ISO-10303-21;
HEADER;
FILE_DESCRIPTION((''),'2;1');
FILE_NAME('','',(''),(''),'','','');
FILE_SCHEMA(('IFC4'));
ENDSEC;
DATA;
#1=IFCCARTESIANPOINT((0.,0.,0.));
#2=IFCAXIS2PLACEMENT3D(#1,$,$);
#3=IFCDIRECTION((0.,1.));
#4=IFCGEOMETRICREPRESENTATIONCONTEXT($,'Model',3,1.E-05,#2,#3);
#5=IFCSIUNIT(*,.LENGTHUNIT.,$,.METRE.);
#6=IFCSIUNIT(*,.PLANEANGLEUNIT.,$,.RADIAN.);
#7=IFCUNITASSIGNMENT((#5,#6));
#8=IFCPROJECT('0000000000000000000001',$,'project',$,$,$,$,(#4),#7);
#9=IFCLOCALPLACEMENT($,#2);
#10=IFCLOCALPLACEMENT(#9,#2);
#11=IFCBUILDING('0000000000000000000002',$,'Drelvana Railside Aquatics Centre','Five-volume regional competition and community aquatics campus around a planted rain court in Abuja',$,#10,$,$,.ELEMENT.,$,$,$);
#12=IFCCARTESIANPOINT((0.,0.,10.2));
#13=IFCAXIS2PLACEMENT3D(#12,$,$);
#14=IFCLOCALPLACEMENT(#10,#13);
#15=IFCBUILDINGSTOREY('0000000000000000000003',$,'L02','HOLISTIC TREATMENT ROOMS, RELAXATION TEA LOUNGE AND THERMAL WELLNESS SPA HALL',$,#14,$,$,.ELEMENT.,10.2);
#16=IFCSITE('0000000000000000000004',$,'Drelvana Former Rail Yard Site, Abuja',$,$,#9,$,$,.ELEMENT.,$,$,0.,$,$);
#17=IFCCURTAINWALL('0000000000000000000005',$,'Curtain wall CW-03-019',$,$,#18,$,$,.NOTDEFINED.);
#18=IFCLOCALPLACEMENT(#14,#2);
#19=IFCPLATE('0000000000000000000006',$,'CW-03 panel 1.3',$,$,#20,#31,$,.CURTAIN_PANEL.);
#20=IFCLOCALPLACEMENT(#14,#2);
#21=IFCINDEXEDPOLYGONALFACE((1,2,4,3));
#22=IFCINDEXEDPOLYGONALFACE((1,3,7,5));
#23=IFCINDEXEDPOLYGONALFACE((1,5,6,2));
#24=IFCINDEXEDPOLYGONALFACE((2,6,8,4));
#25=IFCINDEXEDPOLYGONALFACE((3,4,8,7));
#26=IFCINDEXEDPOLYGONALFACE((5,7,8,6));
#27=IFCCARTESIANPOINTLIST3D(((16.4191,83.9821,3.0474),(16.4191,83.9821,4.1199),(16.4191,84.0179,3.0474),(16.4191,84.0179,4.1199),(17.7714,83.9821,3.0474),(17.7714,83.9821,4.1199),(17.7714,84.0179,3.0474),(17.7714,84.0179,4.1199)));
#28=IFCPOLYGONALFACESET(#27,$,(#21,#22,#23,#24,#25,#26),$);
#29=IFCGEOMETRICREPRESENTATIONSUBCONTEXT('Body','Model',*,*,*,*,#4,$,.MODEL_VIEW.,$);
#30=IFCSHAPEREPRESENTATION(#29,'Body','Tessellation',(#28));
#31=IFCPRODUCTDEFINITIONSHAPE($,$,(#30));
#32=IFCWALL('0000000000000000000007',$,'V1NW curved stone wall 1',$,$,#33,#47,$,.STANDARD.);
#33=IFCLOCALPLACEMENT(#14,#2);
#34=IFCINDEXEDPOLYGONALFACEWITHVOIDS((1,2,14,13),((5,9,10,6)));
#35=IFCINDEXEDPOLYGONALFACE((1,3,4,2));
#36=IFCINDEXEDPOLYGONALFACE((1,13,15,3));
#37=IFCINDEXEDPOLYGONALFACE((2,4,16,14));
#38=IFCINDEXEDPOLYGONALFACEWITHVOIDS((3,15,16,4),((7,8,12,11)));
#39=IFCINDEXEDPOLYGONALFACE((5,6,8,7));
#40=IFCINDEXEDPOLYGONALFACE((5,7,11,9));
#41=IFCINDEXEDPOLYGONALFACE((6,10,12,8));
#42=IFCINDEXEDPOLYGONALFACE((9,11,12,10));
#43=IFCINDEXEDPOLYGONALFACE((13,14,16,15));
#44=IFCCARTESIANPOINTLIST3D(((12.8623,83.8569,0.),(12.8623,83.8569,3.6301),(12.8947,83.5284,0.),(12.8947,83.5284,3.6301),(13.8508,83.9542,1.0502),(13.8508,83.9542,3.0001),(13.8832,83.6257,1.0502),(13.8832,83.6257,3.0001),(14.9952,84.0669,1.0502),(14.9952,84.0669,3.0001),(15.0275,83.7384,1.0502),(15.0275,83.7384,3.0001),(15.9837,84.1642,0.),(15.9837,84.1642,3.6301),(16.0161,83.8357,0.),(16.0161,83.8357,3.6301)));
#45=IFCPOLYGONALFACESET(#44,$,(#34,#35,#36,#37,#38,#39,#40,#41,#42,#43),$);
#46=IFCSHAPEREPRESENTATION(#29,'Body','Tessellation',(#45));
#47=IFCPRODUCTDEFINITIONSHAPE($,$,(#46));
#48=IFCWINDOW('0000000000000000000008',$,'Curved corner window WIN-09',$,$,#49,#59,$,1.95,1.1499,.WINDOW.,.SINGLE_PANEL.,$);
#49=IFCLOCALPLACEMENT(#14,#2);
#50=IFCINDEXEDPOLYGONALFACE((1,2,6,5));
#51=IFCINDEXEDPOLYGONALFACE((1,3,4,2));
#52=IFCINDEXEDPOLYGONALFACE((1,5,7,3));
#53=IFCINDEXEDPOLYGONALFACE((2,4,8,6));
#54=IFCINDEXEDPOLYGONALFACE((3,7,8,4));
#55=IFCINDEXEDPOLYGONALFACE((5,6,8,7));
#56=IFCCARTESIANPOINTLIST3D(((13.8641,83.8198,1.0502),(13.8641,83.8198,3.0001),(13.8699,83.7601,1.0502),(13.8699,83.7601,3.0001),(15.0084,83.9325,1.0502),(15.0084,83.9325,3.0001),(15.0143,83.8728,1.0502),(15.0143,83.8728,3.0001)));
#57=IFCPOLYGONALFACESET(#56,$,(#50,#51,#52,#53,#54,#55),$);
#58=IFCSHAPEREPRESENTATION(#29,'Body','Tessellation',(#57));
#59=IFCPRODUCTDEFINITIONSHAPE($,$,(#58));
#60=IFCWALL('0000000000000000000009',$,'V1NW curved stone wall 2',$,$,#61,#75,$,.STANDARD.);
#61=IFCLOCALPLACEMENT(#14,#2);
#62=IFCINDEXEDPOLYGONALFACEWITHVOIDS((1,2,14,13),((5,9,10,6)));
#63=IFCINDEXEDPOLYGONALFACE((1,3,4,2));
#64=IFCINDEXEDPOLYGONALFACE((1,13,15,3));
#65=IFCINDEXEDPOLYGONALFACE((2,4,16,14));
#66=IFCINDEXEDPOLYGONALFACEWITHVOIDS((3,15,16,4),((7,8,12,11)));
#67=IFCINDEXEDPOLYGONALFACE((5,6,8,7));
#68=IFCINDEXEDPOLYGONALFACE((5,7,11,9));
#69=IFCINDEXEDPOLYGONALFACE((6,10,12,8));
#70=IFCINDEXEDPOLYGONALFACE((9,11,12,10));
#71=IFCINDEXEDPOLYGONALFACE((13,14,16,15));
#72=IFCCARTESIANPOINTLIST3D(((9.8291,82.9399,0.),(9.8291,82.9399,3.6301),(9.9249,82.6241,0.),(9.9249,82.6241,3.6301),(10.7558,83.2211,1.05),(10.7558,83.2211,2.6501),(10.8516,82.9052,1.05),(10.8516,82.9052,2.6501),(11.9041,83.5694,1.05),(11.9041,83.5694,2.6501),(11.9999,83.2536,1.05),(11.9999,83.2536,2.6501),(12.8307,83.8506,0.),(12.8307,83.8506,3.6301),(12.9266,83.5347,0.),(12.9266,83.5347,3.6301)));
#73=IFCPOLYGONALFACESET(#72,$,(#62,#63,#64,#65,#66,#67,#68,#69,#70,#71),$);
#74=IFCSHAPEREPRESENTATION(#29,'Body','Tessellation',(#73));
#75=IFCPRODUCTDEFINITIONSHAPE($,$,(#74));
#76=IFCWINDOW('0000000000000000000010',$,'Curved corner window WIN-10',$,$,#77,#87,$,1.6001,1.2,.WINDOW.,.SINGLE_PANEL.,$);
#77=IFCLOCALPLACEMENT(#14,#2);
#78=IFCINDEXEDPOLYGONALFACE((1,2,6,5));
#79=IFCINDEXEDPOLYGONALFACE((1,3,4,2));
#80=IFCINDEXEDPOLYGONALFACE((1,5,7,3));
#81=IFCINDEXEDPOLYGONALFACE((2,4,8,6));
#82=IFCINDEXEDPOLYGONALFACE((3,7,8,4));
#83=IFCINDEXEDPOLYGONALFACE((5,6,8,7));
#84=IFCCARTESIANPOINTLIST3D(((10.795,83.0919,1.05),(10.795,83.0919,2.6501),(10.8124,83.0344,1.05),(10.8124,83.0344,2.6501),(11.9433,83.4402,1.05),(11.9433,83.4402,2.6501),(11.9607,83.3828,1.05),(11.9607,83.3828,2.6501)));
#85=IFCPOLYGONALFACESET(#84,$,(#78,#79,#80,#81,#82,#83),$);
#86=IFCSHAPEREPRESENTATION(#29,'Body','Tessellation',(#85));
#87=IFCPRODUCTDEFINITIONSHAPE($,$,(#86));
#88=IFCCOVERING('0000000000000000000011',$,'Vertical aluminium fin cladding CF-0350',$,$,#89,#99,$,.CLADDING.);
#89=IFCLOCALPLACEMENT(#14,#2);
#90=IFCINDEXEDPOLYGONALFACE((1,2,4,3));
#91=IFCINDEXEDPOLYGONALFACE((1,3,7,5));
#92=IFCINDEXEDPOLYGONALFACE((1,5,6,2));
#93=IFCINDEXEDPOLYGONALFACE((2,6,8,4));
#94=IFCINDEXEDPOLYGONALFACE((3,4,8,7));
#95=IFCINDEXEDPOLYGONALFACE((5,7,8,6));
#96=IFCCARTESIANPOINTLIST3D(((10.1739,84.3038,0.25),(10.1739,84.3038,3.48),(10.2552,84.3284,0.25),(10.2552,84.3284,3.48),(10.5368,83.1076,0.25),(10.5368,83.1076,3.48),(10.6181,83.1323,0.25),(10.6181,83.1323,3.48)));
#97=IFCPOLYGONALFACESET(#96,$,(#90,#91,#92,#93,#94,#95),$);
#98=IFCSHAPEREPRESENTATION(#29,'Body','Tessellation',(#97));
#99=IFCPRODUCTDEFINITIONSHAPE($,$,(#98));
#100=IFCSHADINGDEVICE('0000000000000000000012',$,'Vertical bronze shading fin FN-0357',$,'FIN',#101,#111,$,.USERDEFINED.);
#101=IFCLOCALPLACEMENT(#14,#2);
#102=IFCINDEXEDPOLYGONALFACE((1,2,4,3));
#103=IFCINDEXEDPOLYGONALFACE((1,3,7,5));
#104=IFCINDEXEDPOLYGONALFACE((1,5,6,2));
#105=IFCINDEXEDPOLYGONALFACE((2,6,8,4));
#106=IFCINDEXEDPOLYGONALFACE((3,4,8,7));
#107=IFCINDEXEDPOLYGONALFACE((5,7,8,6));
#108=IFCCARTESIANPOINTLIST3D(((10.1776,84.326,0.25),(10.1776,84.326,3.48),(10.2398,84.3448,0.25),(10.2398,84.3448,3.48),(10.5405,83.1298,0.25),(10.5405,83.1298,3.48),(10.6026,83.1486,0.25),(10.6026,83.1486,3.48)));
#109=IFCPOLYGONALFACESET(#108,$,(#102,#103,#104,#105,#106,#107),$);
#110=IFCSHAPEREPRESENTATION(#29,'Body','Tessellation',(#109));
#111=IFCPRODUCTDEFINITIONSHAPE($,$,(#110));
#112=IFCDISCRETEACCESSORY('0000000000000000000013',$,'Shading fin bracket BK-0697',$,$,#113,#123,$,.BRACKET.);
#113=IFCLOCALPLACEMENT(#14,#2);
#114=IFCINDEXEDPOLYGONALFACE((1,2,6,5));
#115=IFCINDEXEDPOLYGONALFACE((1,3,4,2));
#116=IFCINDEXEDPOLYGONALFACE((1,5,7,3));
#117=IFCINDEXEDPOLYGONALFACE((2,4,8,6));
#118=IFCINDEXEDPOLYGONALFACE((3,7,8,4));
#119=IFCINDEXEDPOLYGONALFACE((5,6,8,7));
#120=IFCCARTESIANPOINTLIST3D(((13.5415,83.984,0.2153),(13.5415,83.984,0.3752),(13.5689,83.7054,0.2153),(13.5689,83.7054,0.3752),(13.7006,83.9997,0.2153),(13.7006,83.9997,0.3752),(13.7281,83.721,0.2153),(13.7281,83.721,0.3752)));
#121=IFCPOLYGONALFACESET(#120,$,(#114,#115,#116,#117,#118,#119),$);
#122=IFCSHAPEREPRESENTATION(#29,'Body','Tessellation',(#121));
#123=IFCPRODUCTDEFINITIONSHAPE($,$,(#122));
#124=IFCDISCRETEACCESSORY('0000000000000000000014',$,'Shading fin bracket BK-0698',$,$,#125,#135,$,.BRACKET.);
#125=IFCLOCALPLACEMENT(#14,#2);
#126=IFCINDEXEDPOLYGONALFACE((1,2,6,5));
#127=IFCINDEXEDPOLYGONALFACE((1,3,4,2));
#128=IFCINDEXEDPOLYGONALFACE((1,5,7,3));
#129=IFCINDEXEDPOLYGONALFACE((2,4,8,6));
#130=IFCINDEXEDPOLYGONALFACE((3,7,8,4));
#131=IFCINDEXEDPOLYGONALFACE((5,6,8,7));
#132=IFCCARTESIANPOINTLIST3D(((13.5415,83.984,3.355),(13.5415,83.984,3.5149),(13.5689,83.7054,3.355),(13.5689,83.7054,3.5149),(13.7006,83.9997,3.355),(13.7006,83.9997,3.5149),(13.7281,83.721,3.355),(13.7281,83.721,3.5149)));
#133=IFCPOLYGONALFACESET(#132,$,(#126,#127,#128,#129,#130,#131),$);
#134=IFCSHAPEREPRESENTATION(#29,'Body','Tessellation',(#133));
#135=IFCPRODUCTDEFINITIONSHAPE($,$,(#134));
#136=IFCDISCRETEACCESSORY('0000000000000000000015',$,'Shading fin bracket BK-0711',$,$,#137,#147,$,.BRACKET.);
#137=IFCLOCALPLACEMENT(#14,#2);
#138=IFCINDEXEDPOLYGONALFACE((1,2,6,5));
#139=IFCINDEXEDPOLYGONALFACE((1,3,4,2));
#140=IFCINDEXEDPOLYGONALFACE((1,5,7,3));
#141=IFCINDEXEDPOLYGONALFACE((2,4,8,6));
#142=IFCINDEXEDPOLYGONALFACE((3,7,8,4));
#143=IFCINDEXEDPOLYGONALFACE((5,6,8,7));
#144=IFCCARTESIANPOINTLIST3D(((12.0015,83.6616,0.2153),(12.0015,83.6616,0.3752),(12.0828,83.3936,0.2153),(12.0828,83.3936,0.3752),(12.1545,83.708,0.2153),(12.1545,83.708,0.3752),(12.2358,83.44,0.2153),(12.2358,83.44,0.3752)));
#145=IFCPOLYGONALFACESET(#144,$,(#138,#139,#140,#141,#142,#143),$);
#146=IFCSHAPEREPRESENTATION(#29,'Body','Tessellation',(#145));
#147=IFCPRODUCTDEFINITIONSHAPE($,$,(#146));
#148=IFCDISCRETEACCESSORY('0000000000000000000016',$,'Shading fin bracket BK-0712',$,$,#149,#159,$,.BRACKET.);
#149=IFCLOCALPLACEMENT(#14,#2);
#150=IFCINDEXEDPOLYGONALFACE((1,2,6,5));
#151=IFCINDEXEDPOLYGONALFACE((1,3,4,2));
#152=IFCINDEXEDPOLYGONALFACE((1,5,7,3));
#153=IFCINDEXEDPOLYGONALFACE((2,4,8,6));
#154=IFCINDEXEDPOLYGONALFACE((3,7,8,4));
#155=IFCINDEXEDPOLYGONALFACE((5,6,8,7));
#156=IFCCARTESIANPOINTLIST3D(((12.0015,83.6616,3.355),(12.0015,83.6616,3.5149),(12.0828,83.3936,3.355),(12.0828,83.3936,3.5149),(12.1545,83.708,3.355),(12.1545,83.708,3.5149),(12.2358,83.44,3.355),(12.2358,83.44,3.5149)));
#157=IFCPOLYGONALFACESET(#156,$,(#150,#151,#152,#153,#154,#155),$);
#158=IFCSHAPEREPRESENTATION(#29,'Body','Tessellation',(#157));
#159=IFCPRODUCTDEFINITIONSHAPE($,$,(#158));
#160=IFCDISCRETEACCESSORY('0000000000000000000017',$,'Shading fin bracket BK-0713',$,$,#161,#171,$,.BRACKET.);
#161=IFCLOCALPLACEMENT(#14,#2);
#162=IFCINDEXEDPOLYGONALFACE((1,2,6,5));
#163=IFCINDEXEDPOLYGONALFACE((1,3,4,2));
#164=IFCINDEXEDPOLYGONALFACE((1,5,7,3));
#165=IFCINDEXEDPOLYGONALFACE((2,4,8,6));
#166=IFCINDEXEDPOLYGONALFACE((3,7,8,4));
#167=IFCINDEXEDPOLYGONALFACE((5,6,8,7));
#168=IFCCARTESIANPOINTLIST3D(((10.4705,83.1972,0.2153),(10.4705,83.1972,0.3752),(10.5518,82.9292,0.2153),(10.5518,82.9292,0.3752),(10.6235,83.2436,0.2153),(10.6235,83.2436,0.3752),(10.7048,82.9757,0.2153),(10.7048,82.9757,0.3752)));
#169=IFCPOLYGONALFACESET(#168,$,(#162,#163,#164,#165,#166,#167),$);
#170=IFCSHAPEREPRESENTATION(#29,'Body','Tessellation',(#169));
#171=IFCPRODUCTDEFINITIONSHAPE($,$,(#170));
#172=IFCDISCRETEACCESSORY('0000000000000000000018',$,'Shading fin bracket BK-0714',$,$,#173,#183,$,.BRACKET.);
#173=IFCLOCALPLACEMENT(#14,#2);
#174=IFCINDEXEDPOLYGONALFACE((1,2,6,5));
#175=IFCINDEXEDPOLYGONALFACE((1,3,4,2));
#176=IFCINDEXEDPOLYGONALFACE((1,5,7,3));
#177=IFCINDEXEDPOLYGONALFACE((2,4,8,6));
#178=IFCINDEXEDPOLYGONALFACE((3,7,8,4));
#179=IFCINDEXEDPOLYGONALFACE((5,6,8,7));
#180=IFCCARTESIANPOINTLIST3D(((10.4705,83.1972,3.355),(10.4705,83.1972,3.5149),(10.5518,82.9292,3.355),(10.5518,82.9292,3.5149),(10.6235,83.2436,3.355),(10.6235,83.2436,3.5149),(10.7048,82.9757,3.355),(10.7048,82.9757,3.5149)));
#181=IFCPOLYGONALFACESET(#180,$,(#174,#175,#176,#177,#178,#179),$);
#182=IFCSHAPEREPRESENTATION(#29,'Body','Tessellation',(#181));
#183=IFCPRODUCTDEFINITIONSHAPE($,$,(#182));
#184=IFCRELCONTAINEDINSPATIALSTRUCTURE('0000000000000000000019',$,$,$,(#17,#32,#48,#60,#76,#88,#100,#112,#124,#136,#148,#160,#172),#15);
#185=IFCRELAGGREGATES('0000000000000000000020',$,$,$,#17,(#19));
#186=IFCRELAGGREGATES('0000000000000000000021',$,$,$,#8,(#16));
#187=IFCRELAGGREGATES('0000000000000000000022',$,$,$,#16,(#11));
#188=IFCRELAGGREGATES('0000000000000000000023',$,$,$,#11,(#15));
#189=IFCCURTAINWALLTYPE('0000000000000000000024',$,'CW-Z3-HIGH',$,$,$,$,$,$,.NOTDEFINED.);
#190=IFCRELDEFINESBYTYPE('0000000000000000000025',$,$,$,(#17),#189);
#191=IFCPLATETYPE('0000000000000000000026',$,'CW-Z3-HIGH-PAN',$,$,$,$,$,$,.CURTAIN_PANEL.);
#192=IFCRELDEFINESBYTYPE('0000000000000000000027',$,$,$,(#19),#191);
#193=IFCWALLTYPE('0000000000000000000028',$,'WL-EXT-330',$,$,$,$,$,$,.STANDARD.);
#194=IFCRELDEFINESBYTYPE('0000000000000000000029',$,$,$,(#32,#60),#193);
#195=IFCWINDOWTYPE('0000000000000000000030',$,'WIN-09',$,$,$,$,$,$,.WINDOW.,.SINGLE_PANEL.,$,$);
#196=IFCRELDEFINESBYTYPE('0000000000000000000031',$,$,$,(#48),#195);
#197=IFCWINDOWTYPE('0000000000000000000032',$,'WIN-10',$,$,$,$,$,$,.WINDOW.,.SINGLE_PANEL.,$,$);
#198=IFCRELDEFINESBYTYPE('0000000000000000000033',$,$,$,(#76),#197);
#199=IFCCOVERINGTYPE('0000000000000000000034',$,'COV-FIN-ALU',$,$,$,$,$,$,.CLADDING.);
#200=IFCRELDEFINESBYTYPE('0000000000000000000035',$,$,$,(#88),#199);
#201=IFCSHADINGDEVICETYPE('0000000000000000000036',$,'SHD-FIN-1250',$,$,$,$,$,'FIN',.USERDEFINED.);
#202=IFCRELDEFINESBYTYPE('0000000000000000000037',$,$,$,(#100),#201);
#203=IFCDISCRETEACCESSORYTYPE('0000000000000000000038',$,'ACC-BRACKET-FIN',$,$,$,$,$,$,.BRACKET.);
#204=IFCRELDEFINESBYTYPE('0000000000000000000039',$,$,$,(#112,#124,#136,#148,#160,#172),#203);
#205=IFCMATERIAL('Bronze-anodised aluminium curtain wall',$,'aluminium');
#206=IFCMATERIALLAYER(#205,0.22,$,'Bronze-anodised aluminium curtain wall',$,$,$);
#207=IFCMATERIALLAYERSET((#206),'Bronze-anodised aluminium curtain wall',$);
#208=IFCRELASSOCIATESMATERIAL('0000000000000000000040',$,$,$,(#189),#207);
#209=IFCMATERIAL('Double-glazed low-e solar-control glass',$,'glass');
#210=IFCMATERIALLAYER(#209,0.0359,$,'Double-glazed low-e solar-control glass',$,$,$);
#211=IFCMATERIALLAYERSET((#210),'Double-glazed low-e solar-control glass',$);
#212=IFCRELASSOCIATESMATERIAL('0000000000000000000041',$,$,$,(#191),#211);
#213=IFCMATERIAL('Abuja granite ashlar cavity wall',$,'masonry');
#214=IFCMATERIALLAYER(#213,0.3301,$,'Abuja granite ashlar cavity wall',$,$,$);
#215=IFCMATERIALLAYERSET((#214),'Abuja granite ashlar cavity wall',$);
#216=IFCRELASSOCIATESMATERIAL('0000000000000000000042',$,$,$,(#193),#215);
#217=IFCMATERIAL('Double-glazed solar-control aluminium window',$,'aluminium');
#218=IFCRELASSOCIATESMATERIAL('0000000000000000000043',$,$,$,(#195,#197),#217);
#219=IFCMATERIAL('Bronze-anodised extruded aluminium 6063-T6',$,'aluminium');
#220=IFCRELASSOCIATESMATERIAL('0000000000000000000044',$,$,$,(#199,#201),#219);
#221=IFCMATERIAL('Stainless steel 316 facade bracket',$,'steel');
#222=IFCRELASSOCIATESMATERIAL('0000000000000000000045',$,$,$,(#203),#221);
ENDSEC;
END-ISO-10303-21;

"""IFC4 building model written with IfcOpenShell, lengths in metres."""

from ifc_helpers import new_model, si_unit, direction, frame, frame_2d, origin, origin_2d, place, context, subcontext, project, spatial, rectangle, extrude, material, layer, layer_set, type_object, element, fill, aggregate, save


model = new_model("IFC4")

# Units and contexts
model_context = context("Model", 3, precision=1e-05, world=origin(), true_north=direction((0.0, 1.0)))
body_context = subcontext(model_context, "Body", "Model", "MODEL_VIEW")
ifc_project = project(units=[si_unit("LENGTHUNIT", "METRE"), si_unit("PLANEANGLEUNIT", "RADIAN")], contexts=[model_context])

# Site, building, storey
site_placement = place(None, origin())
site = spatial("IfcSite", under=ifc_project, at=site_placement, Name="Drelvana Former Rail Yard Site, Abuja", CompositionType="ELEMENT", RefElevation=0.0)
building_placement = place(site_placement, origin())
building = spatial("IfcBuilding", under=site, at=building_placement, Name="Drelvana Railside Aquatics Centre", Description="Five-volume regional competition and community aquatics campus around a planted rain court in Abuja", CompositionType="ELEMENT")
storey_placement = place(building_placement, frame((0.0, 0.0, 10.2)))
storey = spatial("IfcBuildingStorey", under=building, at=storey_placement, Name="L02", Description="HOLISTIC TREATMENT ROOMS, RELAXATION TEA LOUNGE AND THERMAL WELLNESS SPA HALL", CompositionType="ELEMENT", Elevation=10.2)

# Curtain wall
ifc_material_1 = material(Name="Bronze-anodised aluminium curtain wall", Category="aluminium")
ifc_layer_1 = layer(ifc_material_1, 0.22, Name="Bronze-anodised aluminium curtain wall")
ifc_layer_set_1 = layer_set([ifc_layer_1], Name="Bronze-anodised aluminium curtain wall")
curtain_wall_type = type_object("IfcCurtainWallType", Name="CW-Z3-HIGH", PredefinedType="NOTDEFINED", material=ifc_layer_set_1)
curtain_wall_placement = place(storey_placement, origin())
curtain_wall = element("IfcCurtainWall", 1, at=curtain_wall_placement, inside=storey, type_object=curtain_wall_type, Name="Curtain wall CW-03-019", PredefinedType="NOTDEFINED")

# Plate
ifc_material_2 = material(Name="Double-glazed low-e solar-control glass", Category="glass")
ifc_layer_2 = layer(ifc_material_2, 0.0359, Name="Double-glazed low-e solar-control glass")
ifc_layer_set_2 = layer_set([ifc_layer_2], Name="Double-glazed low-e solar-control glass")
plate_type = type_object("IfcPlateType", Name="CW-Z3-HIGH-PAN", PredefinedType="CURTAIN_PANEL", material=ifc_layer_set_2)
plate_1_placement = place(storey_placement, frame((17.0952, 84.0, 3.0474), z_axis=(0.0, 0.0, 1.0), x_axis=(1.0, 0.0, 0.0)))
plate_1 = element("IfcPlate", 2, at=plate_1_placement, type_object=plate_type, Name="CW-03 panel 1.3", PredefinedType="CURTAIN_PANEL", context=body_context, shape_type="SweptSolid", body=[
    extrude(rectangle(XDim=1.3523, YDim=0.0359, at=origin_2d()), origin(), (0.0, 0.0, 1.0), 1.0725),
])
aggregate(curtain_wall, [plate_1])

# Walls, openings, windows
ifc_material_3 = material(Name="Abuja granite ashlar cavity wall", Category="masonry")
ifc_layer_3 = layer(ifc_material_3, 0.3301, Name="Abuja granite ashlar cavity wall")
ifc_layer_set_3 = layer_set([ifc_layer_3], Name="Abuja granite ashlar cavity wall")
wall_type = type_object("IfcWallType", Name="WL-EXT-330", PredefinedType="STANDARD", material=ifc_layer_set_3)
wall_1_placement = place(storey_placement, frame((16.0, 84.0, 0.0), z_axis=(0.0, 0.0, 1.0), x_axis=(-0.995186, -0.098001, 0.0)))
wall_1 = element("IfcWall", 3, at=wall_1_placement, inside=storey, type_object=wall_type, Name="V1NW curved stone wall 1", PredefinedType="STANDARD", context=body_context, shape_type="SweptSolid", body=[
    extrude(rectangle(XDim=3.1365, YDim=0.3301, at=frame_2d((1.5684, 0.0))), origin(), (0.0, 0.0, 1.0), 3.6301),
])
opening_1_placement = place(wall_1_placement, frame((0.9934, 0.0, 1.05)))
opening_1 = element("IfcOpeningElement", 4, at=opening_1_placement, cuts=wall_1, PredefinedType="OPENING", context=body_context, shape_type="SweptSolid", body=[
    extrude(rectangle(XDim=1.1499, YDim=1.95, at=frame_2d((0.575, 0.9751))), frame((0.0, 0.175, 0.0), z_axis=(0.0, -1.0, 0.0), x_axis=(1.0, 0.0, 0.0)), (0.0, 0.0, 1.0), 0.3501),
])
ifc_material_4 = material(Name="Double-glazed solar-control aluminium window", Category="aluminium")
window_type_1 = type_object("IfcWindowType", Name="WIN-09", PartitioningType="SINGLE_PANEL", PredefinedType="WINDOW", material=ifc_material_4)
window_1_placement = place(opening_1_placement, origin())
window_1 = element("IfcWindow", 5, at=window_1_placement, inside=storey, type_object=window_type_1, Name="Curved corner window WIN-09", OverallHeight=1.95, OverallWidth=1.1499, PartitioningType="SINGLE_PANEL", PredefinedType="WINDOW", context=body_context, shape_type="SweptSolid", body=[
    extrude(rectangle(XDim=1.1499, YDim=1.95, at=frame_2d((0.575, 0.9751))), frame((0.0, 0.03, 0.0), z_axis=(0.0, -1.0, 0.0), x_axis=(1.0, 0.0, 0.0)), (0.0, 0.0, 1.0), 0.0601),
])
fill(opening_1, window_1)
wall_2_placement = place(storey_placement, frame((12.8787, 83.6926, 0.0), z_axis=(0.0, 0.0, 1.0), x_axis=(-0.956933, -0.29031, 0.0)))
wall_2 = element("IfcWall", 6, at=wall_2_placement, inside=storey, type_object=wall_type, Name="V1NW curved stone wall 2", PredefinedType="STANDARD", context=body_context, shape_type="SweptSolid", body=[
    extrude(rectangle(XDim=3.1367, YDim=0.3301, at=frame_2d((1.5684, 0.0))), origin(), (0.0, 0.0, 1.0), 3.6301),
])
opening_2_placement = place(wall_2_placement, frame((0.9683, 0.0, 1.05)))
opening_2 = element("IfcOpeningElement", 7, at=opening_2_placement, cuts=wall_2, PredefinedType="OPENING", context=body_context, shape_type="SweptSolid", body=[
    extrude(rectangle(XDim=1.2, YDim=1.6001, at=frame_2d((0.6001, 0.8))), frame((0.0, 0.175, 0.0), z_axis=(0.0, -1.0, 0.0), x_axis=(1.0, 0.0, 0.0)), (0.0, 0.0, 1.0), 0.3501),
])
window_type_2 = type_object("IfcWindowType", Name="WIN-10", PartitioningType="SINGLE_PANEL", PredefinedType="WINDOW", material=ifc_material_4)
window_2_placement = place(opening_2_placement, origin())
window_2 = element("IfcWindow", 8, at=window_2_placement, inside=storey, type_object=window_type_2, Name="Curved corner window WIN-10", OverallHeight=1.6001, OverallWidth=1.2, PartitioningType="SINGLE_PANEL", PredefinedType="WINDOW", context=body_context, shape_type="SweptSolid", body=[
    extrude(rectangle(XDim=1.2, YDim=1.6001, at=frame_2d((0.6001, 0.8))), frame((0.0, 0.03, 0.0), z_axis=(0.0, -1.0, 0.0), x_axis=(1.0, 0.0, 0.0)), (0.0, 0.0, 1.0), 0.0601),
])
fill(opening_2, window_2)

# Covering
ifc_material_5 = material(Name="Bronze-anodised extruded aluminium 6063-T6", Category="aluminium")
covering_type = type_object("IfcCoveringType", Name="COV-FIN-ALU", PredefinedType="CLADDING", material=ifc_material_5)
covering_placement = place(storey_placement, frame((10.396, 83.718, 0.25), z_axis=(0.0, 0.0, 1.0), x_axis=(0.95694, 0.290285, 0.0)))
element("IfcCovering", 9, at=covering_placement, inside=storey, type_object=covering_type, Name="Vertical aluminium fin cladding CF-0350", PredefinedType="CLADDING", context=body_context, shape_type="SweptSolid", body=[
    extrude(rectangle(XDim=0.085, YDim=1.25, at=origin_2d()), origin(), (0.0, 0.0, 1.0), 3.23),
])

# Shading device
shading_device_type = type_object("IfcShadingDeviceType", Name="SHD-FIN-1250", ElementType="FIN", PredefinedType="USERDEFINED", material=ifc_material_5)
shading_device_placement = place(storey_placement, frame((10.3901, 83.7373, 0.25), z_axis=(0.0, 0.0, 1.0), x_axis=(-0.290285, 0.95694, 0.0)))
element("IfcShadingDevice", 10, at=shading_device_placement, inside=storey, type_object=shading_device_type, Name="Vertical bronze shading fin FN-0357", ObjectType="FIN", PredefinedType="USERDEFINED", context=body_context, shape_type="SweptSolid", body=[
    extrude(rectangle(XDim=1.25, YDim=0.0649, at=origin_2d()), origin(), (0.0, 0.0, 1.0), 3.23),
])

# Discrete accessories
ifc_material_6 = material(Name="Stainless steel 316 facade bracket", Category="steel")
discrete_accessory_type = type_object("IfcDiscreteAccessoryType", Name="ACC-BRACKET-FIN", PredefinedType="BRACKET", material=ifc_material_6)
for number, where, z_axis, x_axis, name in (
    (11, (13.6348, 83.8525, 0.2153), (0.0, 0.0, 1.0), (-0.098017, 0.995185, 0.0), "Shading fin bracket BK-0697"),
    (12, (13.6348, 83.8525, 3.355), (0.0, 0.0, 1.0), (-0.098017, 0.995185, 0.0), "Shading fin bracket BK-0698"),
    (13, (12.1187, 83.5508, 0.2153), (0.0, 0.0, 1.0), (-0.290285, 0.95694, 0.0), "Shading fin bracket BK-0711"),
    (14, (12.1187, 83.5508, 3.355), (0.0, 0.0, 1.0), (-0.290285, 0.95694, 0.0), "Shading fin bracket BK-0712"),
    (15, (10.5876, 83.0864, 0.2153), (0.0, 0.0, 1.0), (-0.290285, 0.95694, 0.0), "Shading fin bracket BK-0713"),
    (16, (10.5876, 83.0864, 3.355), (0.0, 0.0, 1.0), (-0.290285, 0.95694, 0.0), "Shading fin bracket BK-0714"),
):
    element("IfcDiscreteAccessory", number, at=place(storey_placement, frame(where, z_axis=z_axis, x_axis=x_axis)), inside=storey, type_object=discrete_accessory_type, Name=name, PredefinedType="BRACKET", context=body_context, shape_type="SweptSolid", body=[
        extrude(rectangle(XDim=0.28, YDim=0.1599, at=origin_2d()), origin(), (0.0, 0.0, 1.0), 0.1599),
    ])

save(model, "model.ifc")
